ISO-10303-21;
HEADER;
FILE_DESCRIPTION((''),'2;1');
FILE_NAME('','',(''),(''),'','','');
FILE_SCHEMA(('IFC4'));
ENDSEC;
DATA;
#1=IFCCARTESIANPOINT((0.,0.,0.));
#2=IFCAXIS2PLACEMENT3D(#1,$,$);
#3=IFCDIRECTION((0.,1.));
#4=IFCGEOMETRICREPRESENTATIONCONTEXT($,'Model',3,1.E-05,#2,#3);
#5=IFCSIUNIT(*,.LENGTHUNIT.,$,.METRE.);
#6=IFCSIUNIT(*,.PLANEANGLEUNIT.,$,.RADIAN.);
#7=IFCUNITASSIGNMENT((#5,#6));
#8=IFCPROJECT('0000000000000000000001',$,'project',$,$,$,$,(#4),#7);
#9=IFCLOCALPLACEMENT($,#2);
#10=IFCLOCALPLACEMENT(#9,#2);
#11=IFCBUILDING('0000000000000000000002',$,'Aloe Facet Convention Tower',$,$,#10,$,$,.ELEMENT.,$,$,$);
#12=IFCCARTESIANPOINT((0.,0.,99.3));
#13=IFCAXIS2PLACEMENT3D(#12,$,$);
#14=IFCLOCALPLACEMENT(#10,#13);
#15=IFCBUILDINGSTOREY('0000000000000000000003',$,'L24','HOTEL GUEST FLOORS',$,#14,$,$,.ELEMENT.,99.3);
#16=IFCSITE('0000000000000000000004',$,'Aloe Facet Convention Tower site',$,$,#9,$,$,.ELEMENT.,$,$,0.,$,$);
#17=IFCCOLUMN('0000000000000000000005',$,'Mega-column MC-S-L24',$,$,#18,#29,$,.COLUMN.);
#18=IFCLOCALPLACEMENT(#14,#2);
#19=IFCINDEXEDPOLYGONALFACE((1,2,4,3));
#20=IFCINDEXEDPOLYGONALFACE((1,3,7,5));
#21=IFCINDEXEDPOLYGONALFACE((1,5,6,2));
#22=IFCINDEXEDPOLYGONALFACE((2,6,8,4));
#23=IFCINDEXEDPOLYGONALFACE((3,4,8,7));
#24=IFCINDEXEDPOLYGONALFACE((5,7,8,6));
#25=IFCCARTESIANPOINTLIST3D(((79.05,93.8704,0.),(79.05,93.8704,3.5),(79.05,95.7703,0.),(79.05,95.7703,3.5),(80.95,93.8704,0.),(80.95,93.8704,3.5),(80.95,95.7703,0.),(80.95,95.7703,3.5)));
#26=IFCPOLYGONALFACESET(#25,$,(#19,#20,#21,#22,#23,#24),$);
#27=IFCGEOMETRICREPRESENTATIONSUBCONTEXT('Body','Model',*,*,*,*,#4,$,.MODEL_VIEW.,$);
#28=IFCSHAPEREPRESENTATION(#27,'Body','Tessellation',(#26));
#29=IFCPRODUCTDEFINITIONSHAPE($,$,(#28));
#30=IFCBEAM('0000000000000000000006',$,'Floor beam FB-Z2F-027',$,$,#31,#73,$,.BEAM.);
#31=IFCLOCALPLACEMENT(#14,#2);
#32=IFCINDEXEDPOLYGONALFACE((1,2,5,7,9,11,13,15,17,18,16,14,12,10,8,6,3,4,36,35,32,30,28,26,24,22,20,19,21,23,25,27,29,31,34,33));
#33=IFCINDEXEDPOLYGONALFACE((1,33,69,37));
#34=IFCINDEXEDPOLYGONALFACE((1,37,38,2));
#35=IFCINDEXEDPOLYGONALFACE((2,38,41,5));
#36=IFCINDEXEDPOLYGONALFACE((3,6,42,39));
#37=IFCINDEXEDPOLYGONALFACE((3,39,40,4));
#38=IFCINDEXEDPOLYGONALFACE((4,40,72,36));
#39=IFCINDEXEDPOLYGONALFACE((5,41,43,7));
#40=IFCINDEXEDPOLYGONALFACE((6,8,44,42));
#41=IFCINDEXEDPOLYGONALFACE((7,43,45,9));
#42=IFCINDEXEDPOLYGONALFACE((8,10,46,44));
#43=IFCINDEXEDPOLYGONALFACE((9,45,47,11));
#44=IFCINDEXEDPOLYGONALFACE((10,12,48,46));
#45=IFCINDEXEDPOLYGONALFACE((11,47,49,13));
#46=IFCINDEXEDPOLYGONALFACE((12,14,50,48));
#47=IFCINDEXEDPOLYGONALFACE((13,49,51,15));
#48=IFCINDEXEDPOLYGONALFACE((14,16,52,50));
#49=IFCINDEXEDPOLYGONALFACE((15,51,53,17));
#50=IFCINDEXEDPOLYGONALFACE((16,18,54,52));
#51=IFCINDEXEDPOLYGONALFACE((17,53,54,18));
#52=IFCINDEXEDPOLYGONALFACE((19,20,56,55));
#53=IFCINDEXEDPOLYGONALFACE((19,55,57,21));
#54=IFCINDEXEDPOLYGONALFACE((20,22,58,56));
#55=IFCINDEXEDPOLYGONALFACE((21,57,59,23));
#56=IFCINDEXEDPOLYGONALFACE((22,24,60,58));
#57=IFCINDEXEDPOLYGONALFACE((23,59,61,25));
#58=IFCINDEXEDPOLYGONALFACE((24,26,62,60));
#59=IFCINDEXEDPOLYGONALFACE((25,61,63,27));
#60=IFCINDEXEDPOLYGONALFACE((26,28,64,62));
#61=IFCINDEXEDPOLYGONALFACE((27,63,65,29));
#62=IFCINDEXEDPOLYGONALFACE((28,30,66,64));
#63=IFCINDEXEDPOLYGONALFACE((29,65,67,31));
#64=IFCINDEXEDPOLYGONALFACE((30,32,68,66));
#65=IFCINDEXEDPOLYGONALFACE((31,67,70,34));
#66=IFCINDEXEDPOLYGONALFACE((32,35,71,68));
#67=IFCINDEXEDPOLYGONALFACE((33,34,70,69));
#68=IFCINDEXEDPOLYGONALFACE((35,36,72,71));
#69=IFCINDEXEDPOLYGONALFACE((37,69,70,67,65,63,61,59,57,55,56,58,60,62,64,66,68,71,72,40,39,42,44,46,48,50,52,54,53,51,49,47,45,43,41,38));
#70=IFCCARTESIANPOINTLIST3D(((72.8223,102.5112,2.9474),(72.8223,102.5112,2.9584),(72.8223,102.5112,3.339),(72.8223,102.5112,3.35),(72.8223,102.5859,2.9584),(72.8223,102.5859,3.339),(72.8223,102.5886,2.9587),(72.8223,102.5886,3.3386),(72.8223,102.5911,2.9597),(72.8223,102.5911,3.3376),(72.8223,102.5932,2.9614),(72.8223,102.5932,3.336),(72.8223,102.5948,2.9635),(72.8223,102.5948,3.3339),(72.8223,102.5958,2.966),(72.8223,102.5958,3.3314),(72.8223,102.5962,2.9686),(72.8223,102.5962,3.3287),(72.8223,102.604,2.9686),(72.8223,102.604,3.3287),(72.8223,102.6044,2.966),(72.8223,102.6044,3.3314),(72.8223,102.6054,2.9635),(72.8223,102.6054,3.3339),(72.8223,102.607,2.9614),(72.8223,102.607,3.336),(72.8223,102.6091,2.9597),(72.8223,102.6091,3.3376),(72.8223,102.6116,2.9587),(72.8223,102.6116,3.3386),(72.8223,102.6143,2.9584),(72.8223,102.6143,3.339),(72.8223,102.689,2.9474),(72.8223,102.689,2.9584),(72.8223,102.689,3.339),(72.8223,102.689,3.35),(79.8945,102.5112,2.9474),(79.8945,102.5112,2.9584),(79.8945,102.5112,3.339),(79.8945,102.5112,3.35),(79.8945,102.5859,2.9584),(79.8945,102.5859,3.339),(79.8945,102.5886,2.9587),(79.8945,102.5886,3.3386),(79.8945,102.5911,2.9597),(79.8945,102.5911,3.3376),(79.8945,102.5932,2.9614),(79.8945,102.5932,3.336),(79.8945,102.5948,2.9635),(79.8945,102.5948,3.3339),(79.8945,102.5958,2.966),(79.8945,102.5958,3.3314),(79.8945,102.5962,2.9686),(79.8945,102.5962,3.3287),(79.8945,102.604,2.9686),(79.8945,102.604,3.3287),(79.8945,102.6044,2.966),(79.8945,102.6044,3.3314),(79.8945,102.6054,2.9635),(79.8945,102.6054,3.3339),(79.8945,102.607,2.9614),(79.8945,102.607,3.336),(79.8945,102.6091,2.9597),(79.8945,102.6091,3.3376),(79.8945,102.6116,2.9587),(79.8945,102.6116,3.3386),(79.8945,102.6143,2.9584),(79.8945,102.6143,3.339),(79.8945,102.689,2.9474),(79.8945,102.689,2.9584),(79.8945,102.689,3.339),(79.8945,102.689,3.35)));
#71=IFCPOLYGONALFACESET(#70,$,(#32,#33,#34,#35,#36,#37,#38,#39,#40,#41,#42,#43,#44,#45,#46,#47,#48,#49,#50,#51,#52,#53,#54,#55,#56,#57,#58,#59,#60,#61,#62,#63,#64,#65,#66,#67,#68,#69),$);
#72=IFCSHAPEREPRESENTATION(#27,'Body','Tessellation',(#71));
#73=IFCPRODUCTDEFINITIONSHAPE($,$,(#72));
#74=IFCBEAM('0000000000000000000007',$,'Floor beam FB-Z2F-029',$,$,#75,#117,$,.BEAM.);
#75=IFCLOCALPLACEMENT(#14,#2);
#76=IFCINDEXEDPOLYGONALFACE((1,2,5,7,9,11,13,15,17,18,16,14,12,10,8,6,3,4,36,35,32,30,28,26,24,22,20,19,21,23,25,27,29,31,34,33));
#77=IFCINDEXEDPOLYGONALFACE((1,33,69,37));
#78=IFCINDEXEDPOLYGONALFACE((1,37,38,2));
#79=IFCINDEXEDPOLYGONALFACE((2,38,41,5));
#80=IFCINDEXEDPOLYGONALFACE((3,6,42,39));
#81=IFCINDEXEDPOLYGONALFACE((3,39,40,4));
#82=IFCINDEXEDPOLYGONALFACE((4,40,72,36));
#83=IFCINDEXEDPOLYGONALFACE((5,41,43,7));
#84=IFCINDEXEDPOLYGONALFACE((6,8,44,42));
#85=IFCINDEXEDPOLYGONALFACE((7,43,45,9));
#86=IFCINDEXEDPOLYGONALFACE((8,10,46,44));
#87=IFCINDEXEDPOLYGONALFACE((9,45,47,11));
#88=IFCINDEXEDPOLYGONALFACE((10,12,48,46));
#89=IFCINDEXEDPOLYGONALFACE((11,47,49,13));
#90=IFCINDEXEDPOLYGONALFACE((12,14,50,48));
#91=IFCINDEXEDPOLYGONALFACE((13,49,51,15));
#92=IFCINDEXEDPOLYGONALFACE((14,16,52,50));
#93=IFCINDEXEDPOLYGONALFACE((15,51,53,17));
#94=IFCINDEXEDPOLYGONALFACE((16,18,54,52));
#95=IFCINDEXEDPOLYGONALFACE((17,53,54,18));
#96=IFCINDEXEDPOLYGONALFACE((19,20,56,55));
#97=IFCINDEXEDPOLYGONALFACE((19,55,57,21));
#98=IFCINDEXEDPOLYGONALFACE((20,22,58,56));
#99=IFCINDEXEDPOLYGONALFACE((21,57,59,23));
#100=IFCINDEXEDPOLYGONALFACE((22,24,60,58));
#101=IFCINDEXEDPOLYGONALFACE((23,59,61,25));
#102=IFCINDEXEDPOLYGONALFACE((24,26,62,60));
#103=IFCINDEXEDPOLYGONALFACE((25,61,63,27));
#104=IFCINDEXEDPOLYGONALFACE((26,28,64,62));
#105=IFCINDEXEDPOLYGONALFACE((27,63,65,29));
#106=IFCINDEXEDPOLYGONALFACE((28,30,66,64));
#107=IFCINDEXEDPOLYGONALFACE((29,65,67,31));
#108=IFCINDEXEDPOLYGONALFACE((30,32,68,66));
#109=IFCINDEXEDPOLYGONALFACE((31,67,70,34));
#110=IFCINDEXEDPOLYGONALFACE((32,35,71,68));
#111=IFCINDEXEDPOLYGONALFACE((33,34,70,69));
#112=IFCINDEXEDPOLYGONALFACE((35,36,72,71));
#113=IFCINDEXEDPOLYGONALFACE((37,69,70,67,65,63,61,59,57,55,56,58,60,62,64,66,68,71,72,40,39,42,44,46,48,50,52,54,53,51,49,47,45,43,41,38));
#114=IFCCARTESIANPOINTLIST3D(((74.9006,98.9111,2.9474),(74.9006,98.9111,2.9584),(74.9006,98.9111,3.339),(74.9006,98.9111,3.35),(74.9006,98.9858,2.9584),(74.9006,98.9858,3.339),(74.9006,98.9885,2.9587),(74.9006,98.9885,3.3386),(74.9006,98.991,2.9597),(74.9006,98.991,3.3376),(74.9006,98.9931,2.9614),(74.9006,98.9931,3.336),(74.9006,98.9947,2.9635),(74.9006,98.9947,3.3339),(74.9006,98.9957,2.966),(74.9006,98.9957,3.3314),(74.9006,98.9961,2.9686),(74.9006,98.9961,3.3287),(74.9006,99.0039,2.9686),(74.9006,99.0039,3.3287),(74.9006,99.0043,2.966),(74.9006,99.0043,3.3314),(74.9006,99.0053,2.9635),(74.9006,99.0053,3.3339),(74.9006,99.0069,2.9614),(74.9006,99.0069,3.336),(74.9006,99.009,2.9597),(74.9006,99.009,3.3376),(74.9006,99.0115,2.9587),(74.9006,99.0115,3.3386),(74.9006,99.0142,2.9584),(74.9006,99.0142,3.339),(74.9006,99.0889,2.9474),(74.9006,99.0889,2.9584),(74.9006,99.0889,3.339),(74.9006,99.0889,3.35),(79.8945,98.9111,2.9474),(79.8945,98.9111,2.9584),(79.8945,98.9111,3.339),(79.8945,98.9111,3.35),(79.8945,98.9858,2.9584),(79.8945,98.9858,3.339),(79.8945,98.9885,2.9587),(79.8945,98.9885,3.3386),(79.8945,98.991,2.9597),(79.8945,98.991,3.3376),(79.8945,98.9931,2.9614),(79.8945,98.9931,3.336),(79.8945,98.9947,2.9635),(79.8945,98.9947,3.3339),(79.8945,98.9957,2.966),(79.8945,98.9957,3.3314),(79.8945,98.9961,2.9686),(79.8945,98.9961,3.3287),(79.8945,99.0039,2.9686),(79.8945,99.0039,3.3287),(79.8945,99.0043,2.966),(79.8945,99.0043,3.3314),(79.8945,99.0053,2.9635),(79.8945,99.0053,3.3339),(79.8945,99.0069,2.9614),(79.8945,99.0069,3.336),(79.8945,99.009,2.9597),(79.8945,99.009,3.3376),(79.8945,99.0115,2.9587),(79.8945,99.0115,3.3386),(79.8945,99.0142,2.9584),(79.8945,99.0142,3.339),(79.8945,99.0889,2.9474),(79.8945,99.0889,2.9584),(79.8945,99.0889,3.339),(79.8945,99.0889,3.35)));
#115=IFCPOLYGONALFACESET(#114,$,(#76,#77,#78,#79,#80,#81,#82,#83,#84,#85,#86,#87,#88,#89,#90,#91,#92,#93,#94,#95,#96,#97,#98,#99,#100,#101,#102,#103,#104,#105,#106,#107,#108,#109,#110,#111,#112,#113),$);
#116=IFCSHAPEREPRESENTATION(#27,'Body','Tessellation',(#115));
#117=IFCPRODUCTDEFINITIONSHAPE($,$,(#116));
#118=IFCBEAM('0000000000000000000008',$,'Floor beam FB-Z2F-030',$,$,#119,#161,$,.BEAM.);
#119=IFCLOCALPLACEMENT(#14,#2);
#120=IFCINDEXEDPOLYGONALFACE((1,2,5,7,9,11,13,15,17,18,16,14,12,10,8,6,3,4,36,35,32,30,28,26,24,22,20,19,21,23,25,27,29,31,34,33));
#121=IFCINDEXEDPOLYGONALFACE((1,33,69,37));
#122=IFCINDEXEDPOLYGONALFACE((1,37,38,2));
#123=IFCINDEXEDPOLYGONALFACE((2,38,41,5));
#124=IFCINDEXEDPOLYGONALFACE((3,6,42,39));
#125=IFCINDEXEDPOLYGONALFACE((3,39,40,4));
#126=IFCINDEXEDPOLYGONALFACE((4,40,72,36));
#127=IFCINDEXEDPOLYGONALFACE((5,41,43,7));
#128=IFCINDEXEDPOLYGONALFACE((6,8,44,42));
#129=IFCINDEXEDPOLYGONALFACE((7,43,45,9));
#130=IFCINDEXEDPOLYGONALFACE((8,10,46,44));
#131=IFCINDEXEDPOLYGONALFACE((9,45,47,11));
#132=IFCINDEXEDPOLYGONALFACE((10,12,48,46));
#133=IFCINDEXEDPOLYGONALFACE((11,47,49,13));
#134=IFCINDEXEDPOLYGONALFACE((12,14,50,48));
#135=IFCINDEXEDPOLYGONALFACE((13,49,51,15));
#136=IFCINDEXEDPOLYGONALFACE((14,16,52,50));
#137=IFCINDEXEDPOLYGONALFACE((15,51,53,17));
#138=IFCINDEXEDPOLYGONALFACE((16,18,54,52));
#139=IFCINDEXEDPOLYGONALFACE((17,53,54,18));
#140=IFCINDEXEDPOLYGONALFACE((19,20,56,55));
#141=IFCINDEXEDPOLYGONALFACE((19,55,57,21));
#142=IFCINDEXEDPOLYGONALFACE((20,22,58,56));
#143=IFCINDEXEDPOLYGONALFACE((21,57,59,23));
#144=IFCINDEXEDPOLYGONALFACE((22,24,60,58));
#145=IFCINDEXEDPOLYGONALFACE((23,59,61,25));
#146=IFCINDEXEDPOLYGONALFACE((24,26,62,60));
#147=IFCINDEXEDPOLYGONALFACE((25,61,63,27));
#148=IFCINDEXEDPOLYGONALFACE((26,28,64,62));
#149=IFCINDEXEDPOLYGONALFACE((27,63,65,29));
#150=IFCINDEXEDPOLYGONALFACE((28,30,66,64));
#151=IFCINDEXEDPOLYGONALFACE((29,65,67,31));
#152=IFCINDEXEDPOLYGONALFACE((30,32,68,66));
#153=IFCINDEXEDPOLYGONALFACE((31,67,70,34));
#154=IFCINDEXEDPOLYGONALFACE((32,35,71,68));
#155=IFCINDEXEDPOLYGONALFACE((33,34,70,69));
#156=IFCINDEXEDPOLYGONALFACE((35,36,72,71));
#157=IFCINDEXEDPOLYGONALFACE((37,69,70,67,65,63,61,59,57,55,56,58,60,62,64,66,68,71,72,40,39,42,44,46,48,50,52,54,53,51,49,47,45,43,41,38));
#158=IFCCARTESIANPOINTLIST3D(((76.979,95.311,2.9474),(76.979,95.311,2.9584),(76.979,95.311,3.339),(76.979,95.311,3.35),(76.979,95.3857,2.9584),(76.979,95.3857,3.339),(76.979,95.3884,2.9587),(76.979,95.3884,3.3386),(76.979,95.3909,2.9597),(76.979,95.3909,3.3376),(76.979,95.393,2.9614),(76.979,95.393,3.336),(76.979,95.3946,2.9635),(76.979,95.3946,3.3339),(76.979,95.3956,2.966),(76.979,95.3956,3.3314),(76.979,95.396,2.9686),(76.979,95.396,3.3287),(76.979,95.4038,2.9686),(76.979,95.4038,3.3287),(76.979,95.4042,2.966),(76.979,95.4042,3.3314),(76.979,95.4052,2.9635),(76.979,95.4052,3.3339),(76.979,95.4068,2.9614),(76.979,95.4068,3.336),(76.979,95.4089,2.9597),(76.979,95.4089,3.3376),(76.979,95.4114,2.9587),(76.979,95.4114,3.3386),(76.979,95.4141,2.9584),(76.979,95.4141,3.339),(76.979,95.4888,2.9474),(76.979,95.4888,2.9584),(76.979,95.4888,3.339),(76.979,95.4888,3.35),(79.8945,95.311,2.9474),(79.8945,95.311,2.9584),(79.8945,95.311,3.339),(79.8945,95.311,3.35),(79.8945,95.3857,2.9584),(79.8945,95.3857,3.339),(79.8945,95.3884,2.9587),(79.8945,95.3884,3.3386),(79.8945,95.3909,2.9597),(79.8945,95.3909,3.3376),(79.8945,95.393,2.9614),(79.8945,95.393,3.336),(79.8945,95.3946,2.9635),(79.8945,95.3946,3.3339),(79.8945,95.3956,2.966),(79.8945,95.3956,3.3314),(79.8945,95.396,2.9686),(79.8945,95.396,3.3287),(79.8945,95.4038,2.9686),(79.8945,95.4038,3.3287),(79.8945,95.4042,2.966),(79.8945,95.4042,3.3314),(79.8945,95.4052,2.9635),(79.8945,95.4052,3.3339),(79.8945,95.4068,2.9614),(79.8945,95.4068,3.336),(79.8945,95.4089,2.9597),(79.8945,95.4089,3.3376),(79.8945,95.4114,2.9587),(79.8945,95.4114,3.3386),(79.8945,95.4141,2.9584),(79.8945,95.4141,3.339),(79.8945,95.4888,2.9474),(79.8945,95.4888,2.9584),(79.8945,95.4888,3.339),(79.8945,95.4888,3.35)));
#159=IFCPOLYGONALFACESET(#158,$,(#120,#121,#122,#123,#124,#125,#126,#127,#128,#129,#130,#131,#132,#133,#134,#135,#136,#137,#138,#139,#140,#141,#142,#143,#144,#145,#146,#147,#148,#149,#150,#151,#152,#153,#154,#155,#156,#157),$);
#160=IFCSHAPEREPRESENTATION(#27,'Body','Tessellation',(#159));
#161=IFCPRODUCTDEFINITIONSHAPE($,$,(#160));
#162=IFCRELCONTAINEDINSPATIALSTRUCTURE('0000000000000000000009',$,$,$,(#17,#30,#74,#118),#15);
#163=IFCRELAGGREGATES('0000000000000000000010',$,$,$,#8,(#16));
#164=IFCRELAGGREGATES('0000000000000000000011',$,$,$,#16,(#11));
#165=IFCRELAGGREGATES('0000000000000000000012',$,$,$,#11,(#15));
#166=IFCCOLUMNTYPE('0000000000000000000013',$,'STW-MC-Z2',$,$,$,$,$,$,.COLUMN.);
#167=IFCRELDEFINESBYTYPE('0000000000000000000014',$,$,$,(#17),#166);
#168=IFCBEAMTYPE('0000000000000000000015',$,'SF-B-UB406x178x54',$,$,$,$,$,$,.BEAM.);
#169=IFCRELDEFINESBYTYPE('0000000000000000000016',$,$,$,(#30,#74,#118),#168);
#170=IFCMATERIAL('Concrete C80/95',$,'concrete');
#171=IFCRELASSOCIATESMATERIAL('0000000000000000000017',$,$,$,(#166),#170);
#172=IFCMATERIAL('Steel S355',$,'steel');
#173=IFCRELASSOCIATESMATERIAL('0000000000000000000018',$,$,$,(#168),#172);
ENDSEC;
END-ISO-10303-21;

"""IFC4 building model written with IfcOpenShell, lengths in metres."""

from ifc_helpers import new_model, si_unit, direction, frame, origin, origin_2d, place, context, subcontext, project, spatial, rectangle, i_section, extrude, material, material_profile, profile_set, type_object, element, save


model = new_model("IFC4")

# Units and contexts
model_context = context("Model", 3, precision=1e-05, world=origin(), true_north=direction((0.0, 1.0)))
body_context = subcontext(model_context, "Body", "Model", "MODEL_VIEW")
ifc_project = project(units=[si_unit("LENGTHUNIT", "METRE"), si_unit("PLANEANGLEUNIT", "RADIAN")], contexts=[model_context])

# Site, building, storey
site_placement = place(None, origin())
site = spatial("IfcSite", under=ifc_project, at=site_placement, Name="Aloe Facet Convention Tower site", CompositionType="ELEMENT", RefElevation=0.0)
building_placement = place(site_placement, origin())
building = spatial("IfcBuilding", under=site, at=building_placement, Name="Aloe Facet Convention Tower", CompositionType="ELEMENT")
storey_placement = place(building_placement, frame((0.0, 0.0, 99.3)))
storey = spatial("IfcBuildingStorey", under=building, at=storey_placement, Name="L24", Description="HOTEL GUEST FLOORS", CompositionType="ELEMENT", Elevation=99.3)

# Column
ifc_material_1 = material(Name="Concrete C80/95", Category="concrete")
ifc_material_profile_1 = material_profile(ifc_material_1, rectangle(XDim=1.8999, YDim=1.8999, at=origin_2d()), Name="STW-MC-Z2")
ifc_profile_set_1 = profile_set([ifc_material_profile_1], Name="Concrete C80/95")
column_type = type_object("IfcColumnType", Name="STW-MC-Z2", PredefinedType="COLUMN", material=ifc_profile_set_1)
column_placement = place(storey_placement, frame((80.0, 94.8203, 0.0), z_axis=(0.0, 0.0, 1.0), x_axis=(1.0, 0.0, 0.0)))
element("IfcColumn", 1, at=column_placement, inside=storey, type_object=column_type, Name="Mega-column MC-S-L24", PredefinedType="COLUMN", context=body_context, shape_type="SweptSolid", body=[
    extrude(rectangle(XDim=1.8999, YDim=1.8999, at=origin_2d()), origin(), (0.0, 0.0, 1.0), 3.5),
])

# Beams
ifc_material_2 = material(Name="Steel S355", Category="steel")
ifc_material_profile_2 = material_profile(ifc_material_2, i_section(OverallWidth=0.1777, OverallDepth=0.4026, WebThickness=0.0078, FlangeThickness=0.011, FilletRadius=0.0103, at=origin_2d()), Name="UB 406x178x54")
ifc_profile_set_2 = profile_set([ifc_material_profile_2], Name="Steel S355")
beam_type = type_object("IfcBeamType", Name="SF-B-UB406x178x54", PredefinedType="BEAM", material=ifc_profile_set_2)
beam_1_placement = place(storey_placement, frame((72.8223, 102.6001, 3.1487), z_axis=(1.0, 0.0, 0.0), x_axis=(0.0, 1.0, 0.0)))
element("IfcBeam", 2, at=beam_1_placement, inside=storey, type_object=beam_type, Name="Floor beam FB-Z2F-027", PredefinedType="BEAM", context=body_context, shape_type="SweptSolid", body=[
    extrude(i_section(OverallWidth=0.1777, OverallDepth=0.4026, WebThickness=0.0078, FlangeThickness=0.011, FilletRadius=0.0103, at=origin_2d()), origin(), (0.0, 0.0, 1.0), 7.0723),
])
beam_2_placement = place(storey_placement, frame((74.9006, 99.0, 3.1487), z_axis=(1.0, 0.0, 0.0), x_axis=(0.0, 1.0, 0.0)))
element("IfcBeam", 3, at=beam_2_placement, inside=storey, type_object=beam_type, Name="Floor beam FB-Z2F-029", PredefinedType="BEAM", context=body_context, shape_type="SweptSolid", body=[
    extrude(i_section(OverallWidth=0.1777, OverallDepth=0.4026, WebThickness=0.0078, FlangeThickness=0.011, FilletRadius=0.0103, at=origin_2d()), origin(), (0.0, 0.0, 1.0), 4.9939),
])
for number, where, z_axis, x_axis, name in (
    (4, (76.979, 95.3999, 3.1487), (1.0, 0.0, 0.0), (0.0, 1.0, 0.0), "Floor beam FB-Z2F-030"),
):
    element("IfcBeam", number, at=place(storey_placement, frame(where, z_axis=z_axis, x_axis=x_axis)), inside=storey, type_object=beam_type, Name=name, PredefinedType="BEAM", context=body_context, shape_type="SweptSolid", body=[
        extrude(i_section(OverallWidth=0.1777, OverallDepth=0.4026, WebThickness=0.0078, FlangeThickness=0.011, FilletRadius=0.0103, at=origin_2d()), origin(), (0.0, 0.0, 1.0), 2.9155),
    ])

save(model, "model.ifc")
